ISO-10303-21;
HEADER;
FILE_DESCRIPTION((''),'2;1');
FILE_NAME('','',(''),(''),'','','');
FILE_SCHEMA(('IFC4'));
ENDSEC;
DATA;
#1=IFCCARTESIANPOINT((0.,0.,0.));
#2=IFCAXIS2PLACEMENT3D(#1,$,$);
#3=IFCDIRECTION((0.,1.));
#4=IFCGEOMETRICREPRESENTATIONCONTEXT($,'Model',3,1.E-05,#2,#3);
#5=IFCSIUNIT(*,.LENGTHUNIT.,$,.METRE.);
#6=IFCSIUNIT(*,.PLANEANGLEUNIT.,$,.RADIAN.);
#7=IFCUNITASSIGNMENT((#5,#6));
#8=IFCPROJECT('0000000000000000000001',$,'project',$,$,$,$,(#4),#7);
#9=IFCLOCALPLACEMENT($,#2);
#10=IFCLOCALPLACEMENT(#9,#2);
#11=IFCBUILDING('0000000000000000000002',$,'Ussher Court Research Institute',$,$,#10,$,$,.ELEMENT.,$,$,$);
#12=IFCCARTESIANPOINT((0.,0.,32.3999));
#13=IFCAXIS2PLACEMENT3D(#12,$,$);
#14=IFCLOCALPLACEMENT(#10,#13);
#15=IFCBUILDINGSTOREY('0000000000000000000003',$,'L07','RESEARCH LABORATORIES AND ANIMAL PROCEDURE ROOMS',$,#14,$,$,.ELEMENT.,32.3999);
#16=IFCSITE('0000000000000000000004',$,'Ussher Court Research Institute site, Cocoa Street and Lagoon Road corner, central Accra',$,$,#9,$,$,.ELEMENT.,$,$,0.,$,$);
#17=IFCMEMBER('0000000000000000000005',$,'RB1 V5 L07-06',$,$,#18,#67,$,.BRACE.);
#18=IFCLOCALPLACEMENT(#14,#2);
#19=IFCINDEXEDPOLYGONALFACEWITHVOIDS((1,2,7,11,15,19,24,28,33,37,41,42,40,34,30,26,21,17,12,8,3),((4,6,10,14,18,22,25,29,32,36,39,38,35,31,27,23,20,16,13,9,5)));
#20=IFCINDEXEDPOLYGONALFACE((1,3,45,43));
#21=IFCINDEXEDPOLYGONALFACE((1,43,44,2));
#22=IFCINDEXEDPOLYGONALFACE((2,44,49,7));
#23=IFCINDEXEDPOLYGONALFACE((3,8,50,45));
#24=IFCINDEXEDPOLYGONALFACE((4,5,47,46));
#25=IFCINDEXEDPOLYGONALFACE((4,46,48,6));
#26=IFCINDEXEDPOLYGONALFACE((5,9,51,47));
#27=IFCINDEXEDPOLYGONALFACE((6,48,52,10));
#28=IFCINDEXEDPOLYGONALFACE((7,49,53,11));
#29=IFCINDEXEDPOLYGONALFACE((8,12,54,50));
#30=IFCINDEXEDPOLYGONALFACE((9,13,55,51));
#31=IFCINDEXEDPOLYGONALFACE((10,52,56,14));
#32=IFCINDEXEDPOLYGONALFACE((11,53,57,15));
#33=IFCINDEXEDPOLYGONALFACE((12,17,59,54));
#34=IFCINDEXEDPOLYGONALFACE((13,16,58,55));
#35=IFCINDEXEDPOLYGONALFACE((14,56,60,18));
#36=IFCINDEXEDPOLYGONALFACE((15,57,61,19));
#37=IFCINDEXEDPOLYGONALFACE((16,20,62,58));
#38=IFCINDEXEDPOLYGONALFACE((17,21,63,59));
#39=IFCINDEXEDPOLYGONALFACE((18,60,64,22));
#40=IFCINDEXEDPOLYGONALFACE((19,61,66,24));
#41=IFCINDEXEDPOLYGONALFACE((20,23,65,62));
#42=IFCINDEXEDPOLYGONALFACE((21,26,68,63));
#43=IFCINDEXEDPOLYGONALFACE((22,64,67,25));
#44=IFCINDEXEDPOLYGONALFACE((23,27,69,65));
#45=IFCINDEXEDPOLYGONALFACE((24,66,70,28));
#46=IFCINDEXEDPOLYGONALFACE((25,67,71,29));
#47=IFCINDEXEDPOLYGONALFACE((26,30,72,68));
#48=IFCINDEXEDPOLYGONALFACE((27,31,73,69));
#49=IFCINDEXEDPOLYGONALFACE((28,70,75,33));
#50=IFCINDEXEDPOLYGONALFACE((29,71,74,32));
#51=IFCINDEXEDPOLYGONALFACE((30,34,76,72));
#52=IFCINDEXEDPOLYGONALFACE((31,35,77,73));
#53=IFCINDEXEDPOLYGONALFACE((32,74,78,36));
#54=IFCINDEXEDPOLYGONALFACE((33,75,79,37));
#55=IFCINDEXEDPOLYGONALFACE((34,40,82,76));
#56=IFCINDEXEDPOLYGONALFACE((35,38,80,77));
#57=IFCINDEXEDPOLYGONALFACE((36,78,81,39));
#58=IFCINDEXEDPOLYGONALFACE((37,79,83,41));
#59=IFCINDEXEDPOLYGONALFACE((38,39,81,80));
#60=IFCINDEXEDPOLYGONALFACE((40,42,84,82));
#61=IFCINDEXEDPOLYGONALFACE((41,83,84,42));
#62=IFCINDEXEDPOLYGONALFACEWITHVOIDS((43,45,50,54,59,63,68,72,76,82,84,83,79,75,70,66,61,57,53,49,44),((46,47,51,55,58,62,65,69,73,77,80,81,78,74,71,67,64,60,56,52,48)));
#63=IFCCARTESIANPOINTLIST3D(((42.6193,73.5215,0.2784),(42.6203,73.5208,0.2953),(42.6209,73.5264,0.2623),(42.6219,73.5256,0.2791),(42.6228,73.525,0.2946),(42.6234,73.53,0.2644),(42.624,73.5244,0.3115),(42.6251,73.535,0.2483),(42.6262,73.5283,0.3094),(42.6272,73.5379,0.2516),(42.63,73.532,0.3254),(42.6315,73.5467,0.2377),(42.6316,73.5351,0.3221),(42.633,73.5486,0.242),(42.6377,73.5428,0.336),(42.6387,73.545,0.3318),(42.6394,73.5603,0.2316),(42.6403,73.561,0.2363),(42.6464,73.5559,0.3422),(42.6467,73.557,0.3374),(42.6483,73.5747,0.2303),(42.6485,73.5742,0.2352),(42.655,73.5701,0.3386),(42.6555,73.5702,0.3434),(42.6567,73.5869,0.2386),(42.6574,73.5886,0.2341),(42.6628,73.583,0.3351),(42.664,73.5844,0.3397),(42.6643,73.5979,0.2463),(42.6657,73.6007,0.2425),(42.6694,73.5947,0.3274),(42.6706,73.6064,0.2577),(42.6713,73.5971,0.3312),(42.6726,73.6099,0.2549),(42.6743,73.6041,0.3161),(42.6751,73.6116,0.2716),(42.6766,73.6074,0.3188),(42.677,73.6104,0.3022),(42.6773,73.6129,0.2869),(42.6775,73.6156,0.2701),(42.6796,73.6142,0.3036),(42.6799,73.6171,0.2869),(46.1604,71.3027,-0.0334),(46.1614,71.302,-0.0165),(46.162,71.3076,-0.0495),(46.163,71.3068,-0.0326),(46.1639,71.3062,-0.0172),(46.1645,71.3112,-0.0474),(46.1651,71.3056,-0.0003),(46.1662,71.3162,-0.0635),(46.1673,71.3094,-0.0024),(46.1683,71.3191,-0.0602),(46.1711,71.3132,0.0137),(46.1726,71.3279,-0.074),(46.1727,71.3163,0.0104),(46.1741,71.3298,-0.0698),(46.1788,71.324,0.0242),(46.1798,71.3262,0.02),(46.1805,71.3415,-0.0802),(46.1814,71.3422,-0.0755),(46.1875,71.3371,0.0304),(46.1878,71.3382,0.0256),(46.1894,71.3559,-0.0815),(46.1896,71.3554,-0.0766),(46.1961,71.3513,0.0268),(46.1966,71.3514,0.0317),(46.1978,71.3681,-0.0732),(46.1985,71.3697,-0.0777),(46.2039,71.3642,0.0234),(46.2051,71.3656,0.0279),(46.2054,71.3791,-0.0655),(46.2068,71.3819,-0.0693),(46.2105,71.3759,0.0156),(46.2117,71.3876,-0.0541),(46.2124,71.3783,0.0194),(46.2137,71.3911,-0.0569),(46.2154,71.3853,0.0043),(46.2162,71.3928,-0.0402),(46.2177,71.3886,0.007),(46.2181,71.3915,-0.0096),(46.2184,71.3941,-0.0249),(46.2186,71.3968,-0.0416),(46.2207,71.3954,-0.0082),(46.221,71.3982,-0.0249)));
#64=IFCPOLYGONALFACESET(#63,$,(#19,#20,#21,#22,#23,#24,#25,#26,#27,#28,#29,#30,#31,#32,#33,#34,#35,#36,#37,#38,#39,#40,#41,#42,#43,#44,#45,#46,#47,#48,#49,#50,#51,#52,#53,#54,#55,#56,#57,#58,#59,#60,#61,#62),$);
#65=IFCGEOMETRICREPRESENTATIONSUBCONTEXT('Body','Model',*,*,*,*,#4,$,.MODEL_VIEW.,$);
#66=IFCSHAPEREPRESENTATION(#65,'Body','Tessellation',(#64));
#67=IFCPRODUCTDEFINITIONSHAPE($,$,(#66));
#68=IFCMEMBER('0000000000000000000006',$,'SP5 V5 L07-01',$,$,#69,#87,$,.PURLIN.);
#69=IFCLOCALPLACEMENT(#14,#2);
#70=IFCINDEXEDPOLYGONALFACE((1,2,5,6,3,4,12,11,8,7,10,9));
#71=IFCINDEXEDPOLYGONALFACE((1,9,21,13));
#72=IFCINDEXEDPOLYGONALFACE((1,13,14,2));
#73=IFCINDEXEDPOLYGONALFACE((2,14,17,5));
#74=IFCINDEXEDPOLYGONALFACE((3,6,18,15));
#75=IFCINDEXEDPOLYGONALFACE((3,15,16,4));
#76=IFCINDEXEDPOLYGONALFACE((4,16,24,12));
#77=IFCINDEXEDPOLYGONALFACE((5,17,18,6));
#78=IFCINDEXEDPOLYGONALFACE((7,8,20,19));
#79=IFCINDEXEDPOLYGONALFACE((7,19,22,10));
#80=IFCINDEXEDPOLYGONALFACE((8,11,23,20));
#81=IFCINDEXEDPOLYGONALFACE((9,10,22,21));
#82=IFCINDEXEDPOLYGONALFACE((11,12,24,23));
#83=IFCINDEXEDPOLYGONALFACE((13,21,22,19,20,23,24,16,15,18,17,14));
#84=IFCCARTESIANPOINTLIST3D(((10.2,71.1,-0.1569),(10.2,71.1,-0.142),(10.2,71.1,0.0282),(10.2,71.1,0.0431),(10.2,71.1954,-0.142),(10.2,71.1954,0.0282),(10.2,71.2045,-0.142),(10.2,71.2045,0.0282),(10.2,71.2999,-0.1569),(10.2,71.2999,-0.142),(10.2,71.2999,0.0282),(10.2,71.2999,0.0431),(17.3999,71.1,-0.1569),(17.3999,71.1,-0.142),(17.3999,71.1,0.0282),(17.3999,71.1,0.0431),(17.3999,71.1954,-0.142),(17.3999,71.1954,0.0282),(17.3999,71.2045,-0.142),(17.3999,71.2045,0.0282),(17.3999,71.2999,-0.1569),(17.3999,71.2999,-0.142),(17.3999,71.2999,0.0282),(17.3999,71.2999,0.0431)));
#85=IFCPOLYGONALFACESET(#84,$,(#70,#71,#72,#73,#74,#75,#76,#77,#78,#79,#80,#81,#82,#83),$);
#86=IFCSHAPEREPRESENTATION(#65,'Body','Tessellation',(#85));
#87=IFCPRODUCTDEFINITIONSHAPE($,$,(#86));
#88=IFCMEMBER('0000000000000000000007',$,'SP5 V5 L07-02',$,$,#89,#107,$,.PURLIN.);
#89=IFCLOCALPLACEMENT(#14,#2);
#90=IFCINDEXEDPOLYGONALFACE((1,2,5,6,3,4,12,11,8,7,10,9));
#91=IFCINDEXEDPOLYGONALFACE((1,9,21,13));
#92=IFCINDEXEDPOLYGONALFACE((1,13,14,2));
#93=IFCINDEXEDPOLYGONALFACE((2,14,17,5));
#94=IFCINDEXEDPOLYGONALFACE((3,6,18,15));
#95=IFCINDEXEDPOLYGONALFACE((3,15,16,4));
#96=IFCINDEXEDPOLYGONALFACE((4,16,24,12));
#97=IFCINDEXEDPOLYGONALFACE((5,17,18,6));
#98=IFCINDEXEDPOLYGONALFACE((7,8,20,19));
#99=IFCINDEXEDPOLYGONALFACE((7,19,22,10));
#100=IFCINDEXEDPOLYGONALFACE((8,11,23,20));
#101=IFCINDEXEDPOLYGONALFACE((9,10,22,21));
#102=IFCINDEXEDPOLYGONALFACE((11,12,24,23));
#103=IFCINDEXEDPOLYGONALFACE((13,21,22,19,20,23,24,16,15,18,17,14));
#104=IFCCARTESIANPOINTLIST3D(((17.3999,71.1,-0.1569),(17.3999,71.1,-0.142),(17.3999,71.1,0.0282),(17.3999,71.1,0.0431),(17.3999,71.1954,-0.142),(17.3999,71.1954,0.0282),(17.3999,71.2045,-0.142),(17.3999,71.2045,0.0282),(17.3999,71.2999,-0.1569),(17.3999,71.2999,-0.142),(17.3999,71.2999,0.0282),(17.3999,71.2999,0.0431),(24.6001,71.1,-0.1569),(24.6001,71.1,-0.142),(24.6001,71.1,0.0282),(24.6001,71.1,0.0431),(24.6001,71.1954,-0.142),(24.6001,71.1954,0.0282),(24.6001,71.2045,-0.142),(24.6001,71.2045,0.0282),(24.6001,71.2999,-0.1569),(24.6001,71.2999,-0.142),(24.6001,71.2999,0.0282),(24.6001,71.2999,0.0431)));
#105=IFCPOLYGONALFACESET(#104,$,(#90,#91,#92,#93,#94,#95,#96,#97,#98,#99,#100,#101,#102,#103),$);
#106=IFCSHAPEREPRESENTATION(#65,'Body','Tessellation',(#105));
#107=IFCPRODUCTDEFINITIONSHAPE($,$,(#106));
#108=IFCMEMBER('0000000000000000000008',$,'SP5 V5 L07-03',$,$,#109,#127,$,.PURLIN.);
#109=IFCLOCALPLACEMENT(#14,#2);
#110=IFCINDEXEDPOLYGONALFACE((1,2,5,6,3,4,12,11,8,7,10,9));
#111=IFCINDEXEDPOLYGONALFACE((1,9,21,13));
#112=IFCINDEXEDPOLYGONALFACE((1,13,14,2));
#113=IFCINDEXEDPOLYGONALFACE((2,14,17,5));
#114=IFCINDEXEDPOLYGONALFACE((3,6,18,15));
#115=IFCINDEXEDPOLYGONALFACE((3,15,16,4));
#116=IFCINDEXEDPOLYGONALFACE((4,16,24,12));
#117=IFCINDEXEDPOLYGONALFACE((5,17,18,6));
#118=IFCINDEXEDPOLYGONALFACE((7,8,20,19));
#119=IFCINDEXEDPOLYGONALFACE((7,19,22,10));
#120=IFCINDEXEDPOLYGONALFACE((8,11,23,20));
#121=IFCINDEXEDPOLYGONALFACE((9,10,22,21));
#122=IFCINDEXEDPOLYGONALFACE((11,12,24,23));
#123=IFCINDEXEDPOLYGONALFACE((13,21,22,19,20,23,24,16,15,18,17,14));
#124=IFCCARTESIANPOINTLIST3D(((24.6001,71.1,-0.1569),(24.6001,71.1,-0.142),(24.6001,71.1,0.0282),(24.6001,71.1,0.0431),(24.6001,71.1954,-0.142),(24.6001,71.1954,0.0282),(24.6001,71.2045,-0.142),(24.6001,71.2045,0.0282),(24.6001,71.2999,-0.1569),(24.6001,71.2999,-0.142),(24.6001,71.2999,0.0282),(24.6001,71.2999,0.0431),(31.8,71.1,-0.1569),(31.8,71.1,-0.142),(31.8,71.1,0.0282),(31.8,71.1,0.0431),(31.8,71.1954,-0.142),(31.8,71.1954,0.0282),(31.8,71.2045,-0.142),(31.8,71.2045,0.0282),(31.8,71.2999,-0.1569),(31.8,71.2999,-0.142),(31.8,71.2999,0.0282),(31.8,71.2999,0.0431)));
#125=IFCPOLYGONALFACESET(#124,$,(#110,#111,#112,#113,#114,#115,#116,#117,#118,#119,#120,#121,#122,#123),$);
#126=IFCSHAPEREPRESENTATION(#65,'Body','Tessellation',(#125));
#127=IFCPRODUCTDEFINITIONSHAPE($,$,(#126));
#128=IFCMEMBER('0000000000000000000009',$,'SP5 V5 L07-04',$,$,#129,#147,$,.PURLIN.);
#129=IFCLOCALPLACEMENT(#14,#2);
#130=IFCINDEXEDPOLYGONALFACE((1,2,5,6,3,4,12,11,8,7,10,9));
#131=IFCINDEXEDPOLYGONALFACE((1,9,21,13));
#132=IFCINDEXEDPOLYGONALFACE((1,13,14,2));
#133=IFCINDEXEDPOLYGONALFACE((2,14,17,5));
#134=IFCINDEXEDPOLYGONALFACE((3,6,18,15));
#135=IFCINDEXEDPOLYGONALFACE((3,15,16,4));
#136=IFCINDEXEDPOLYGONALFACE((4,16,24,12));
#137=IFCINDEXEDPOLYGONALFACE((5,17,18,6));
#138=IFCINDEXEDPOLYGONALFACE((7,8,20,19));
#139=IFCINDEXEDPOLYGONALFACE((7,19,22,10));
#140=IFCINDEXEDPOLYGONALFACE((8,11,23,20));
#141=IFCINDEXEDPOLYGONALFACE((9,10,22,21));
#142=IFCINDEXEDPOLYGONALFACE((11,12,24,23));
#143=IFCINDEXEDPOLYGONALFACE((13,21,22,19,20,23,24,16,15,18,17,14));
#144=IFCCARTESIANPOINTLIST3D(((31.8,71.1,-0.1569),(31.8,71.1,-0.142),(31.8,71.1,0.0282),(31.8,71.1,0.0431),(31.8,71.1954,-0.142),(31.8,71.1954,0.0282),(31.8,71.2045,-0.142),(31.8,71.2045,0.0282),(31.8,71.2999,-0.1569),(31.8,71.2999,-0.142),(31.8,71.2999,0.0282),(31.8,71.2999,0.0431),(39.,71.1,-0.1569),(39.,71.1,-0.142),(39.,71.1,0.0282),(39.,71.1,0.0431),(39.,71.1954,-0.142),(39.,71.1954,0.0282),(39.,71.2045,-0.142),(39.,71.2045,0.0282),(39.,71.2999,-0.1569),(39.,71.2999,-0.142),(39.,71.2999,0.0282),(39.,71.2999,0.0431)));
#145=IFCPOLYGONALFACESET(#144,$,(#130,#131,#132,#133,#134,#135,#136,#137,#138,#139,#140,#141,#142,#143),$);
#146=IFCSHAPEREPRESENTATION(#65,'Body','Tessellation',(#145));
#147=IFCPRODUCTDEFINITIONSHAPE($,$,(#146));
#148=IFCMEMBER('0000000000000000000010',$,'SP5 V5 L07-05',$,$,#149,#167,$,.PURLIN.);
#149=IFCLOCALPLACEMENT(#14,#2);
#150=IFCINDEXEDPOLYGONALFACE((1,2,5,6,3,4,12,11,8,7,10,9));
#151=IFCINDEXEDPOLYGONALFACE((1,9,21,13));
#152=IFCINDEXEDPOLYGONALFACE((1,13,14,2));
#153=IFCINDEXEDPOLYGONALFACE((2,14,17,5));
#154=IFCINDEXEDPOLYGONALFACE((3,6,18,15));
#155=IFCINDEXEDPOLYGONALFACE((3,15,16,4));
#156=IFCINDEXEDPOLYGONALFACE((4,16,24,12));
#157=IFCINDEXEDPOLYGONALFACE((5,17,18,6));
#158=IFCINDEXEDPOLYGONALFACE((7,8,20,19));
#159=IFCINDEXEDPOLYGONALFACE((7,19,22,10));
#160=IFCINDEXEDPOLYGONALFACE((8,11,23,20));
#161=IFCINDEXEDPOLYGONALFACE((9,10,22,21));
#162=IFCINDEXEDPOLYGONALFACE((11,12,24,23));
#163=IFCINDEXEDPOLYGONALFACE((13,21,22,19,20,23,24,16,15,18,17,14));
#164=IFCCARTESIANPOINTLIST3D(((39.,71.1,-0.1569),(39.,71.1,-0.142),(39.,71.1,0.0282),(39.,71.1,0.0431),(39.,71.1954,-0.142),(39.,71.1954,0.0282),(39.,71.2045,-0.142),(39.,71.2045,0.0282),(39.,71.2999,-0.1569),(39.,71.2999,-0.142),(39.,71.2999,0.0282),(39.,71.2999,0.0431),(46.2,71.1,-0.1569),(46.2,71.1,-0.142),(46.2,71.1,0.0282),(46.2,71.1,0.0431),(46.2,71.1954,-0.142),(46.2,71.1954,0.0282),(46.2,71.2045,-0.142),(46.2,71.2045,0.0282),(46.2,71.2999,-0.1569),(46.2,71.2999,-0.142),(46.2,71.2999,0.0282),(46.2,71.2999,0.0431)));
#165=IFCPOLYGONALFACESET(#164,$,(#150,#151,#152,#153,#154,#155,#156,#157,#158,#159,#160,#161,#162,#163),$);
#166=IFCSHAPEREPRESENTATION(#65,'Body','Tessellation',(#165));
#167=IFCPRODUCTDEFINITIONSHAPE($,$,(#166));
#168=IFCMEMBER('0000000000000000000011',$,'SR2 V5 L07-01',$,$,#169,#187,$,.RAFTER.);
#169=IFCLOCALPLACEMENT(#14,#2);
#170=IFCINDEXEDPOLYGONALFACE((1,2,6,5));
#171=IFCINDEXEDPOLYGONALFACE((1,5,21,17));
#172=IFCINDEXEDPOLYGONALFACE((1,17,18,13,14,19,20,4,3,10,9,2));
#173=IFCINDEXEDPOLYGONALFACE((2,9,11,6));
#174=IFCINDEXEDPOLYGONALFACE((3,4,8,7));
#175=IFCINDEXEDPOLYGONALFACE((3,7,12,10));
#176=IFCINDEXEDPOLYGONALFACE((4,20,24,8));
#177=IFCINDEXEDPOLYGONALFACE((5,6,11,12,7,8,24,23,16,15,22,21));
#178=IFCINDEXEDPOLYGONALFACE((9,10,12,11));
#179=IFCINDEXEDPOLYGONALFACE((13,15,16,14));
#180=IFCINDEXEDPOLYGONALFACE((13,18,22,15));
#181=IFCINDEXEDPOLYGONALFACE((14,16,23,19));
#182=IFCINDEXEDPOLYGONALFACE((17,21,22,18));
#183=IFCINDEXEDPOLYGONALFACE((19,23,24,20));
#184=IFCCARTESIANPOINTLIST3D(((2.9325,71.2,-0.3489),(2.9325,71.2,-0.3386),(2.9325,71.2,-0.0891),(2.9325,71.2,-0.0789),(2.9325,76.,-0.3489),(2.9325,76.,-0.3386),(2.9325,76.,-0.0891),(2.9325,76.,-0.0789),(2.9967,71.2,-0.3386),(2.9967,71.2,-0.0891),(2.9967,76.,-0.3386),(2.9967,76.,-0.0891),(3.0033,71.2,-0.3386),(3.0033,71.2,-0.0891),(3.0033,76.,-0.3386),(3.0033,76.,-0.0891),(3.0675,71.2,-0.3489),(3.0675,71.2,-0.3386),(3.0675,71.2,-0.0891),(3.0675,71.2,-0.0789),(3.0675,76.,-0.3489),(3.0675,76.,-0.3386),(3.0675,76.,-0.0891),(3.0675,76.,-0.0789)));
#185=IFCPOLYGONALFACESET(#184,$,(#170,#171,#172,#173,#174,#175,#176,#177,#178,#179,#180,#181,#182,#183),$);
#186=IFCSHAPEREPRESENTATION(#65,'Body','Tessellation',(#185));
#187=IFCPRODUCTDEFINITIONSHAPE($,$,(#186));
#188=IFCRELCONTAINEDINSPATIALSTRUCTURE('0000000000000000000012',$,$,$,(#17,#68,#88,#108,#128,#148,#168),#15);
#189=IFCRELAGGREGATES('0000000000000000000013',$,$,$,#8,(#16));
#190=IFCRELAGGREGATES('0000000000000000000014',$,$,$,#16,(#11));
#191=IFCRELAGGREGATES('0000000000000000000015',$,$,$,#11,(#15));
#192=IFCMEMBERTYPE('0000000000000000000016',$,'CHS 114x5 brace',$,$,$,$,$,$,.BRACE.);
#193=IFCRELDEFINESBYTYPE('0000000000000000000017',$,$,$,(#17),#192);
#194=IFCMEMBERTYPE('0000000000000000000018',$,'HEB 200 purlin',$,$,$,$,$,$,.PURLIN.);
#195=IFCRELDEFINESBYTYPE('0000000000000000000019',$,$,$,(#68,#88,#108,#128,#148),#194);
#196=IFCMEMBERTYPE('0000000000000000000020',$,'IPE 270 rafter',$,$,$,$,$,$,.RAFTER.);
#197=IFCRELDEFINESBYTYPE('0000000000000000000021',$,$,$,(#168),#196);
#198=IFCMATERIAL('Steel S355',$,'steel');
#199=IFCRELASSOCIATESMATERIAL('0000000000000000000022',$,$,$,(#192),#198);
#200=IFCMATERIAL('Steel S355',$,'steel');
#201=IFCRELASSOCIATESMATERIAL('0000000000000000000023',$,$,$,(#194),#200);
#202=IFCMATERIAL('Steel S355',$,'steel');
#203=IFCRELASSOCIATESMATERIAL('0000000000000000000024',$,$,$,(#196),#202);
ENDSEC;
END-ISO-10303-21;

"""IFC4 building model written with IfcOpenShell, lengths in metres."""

from ifc_helpers import new_model, si_unit, direction, frame, origin, origin_2d, place, context, subcontext, project, spatial, hollow_circle, i_section, extrude, material, material_profile, profile_set, type_object, element, save


model = new_model("IFC4")

# Units and contexts
model_context = context("Model", 3, precision=1e-05, world=origin(), true_north=direction((0.0, 1.0)))
body_context = subcontext(model_context, "Body", "Model", "MODEL_VIEW")
ifc_project = project(units=[si_unit("LENGTHUNIT", "METRE"), si_unit("PLANEANGLEUNIT", "RADIAN")], contexts=[model_context])

# Site, building, storey
site_placement = place(None, origin())
site = spatial("IfcSite", under=ifc_project, at=site_placement, Name="Ussher Court Research Institute site, Cocoa Street and Lagoon Road corner, central Accra", CompositionType="ELEMENT", RefElevation=0.0)
building_placement = place(site_placement, origin())
building = spatial("IfcBuilding", under=site, at=building_placement, Name="Ussher Court Research Institute", CompositionType="ELEMENT")
storey_placement = place(building_placement, frame((0.0, 0.0, 32.3999)))
storey = spatial("IfcBuildingStorey", under=building, at=storey_placement, Name="L07", Description="RESEARCH LABORATORIES AND ANIMAL PROCEDURE ROOMS", CompositionType="ELEMENT", Elevation=32.3999)

# Members
ifc_material_1 = material(Name="Steel S355", Category="steel")
ifc_material_profile_1 = material_profile(ifc_material_1, hollow_circle(Radius=0.0569, WallThickness=0.0049, at=origin_2d()), Name="CHS 114x5")
ifc_profile_set_1 = profile_set([ifc_material_profile_1], Name="Steel S355")
member_type_1 = type_object("IfcMemberType", Name="CHS 114x5 brace", PredefinedType="BRACE", material=ifc_profile_set_1)
member_1_placement = place(storey_placement, frame((42.6497, 73.5688, 0.2869), z_axis=(0.845045, -0.529493, -0.074402), x_axis=(0.530965, 0.847394, 0.0)))
element("IfcMember", 1, at=member_1_placement, inside=storey, type_object=member_type_1, Name="RB1 V5 L07-06", PredefinedType="BRACE", context=body_context, shape_type="SweptSolid", body=[
    extrude(hollow_circle(Radius=0.0569, WallThickness=0.0049, at=origin_2d()), origin(), (0.0, 0.0, 1.0), 4.1904),
])
ifc_material_2 = material(Name="Steel S355", Category="steel")
ifc_material_profile_2 = material_profile(ifc_material_2, i_section(OverallWidth=0.2, OverallDepth=0.2, WebThickness=0.009, FlangeThickness=0.0149, at=origin_2d()), Name="HEB 200")
ifc_profile_set_2 = profile_set([ifc_material_profile_2], Name="Steel S355")
member_type_2 = type_object("IfcMemberType", Name="HEB 200 purlin", PredefinedType="PURLIN", material=ifc_profile_set_2)
member_2_placement = place(storey_placement, frame((10.2, 71.2, -0.0569), z_axis=(1.0, 0.0, 0.0), x_axis=(0.0, 1.0, 0.0)))
element("IfcMember", 2, at=member_2_placement, inside=storey, type_object=member_type_2, Name="SP5 V5 L07-01", PredefinedType="PURLIN", context=body_context, shape_type="SweptSolid", body=[
    extrude(i_section(OverallWidth=0.2, OverallDepth=0.2, WebThickness=0.009, FlangeThickness=0.0149, at=origin_2d()), origin(), (0.0, 0.0, 1.0), 7.2),
])
member_3_placement = place(storey_placement, frame((17.3999, 71.2, -0.0569), z_axis=(1.0, 0.0, 0.0), x_axis=(0.0, 1.0, 0.0)))
element("IfcMember", 3, at=member_3_placement, inside=storey, type_object=member_type_2, Name="SP5 V5 L07-02", PredefinedType="PURLIN", context=body_context, shape_type="SweptSolid", body=[
    extrude(i_section(OverallWidth=0.2, OverallDepth=0.2, WebThickness=0.009, FlangeThickness=0.0149, at=origin_2d()), origin(), (0.0, 0.0, 1.0), 7.2002),
])
for number, where, z_axis, x_axis, name in (
    (4, (24.6001, 71.2, -0.0569), (1.0, 0.0, 0.0), (0.0, 1.0, 0.0), "SP5 V5 L07-03"),
    (5, (31.8, 71.2, -0.0569), (1.0, 0.0, 0.0), (0.0, 1.0, 0.0), "SP5 V5 L07-04"),
    (6, (39.0, 71.2, -0.0569), (1.0, 0.0, 0.0), (0.0, 1.0, 0.0), "SP5 V5 L07-05"),
):
    element("IfcMember", number, at=place(storey_placement, frame(where, z_axis=z_axis, x_axis=x_axis)), inside=storey, type_object=member_type_2, Name=name, PredefinedType="PURLIN", context=body_context, shape_type="SweptSolid", body=[
        extrude(i_section(OverallWidth=0.2, OverallDepth=0.2, WebThickness=0.009, FlangeThickness=0.0149, at=origin_2d()), origin(), (0.0, 0.0, 1.0), 7.2),
    ])
ifc_material_3 = material(Name="Steel S355", Category="steel")
ifc_material_profile_3 = material_profile(ifc_material_3, i_section(OverallWidth=0.135, OverallDepth=0.27, WebThickness=0.0066, FlangeThickness=0.0103, at=origin_2d()), Name="IPE 270")
ifc_profile_set_3 = profile_set([ifc_material_profile_3], Name="Steel S355")
member_type_3 = type_object("IfcMemberType", Name="IPE 270 rafter", PredefinedType="RAFTER", material=ifc_profile_set_3)
member_4_placement = place(storey_placement, frame((3.0, 71.2, -0.2139), z_axis=(0.0, 1.0, 0.0), x_axis=(-1.0, 0.0, 0.0)))
element("IfcMember", 7, at=member_4_placement, inside=storey, type_object=member_type_3, Name="SR2 V5 L07-01", PredefinedType="RAFTER", context=body_context, shape_type="SweptSolid", body=[
    extrude(i_section(OverallWidth=0.135, OverallDepth=0.27, WebThickness=0.0066, FlangeThickness=0.0103, at=origin_2d()), origin(), (0.0, 0.0, 1.0), 4.8),
])

save(model, "model.ifc")
